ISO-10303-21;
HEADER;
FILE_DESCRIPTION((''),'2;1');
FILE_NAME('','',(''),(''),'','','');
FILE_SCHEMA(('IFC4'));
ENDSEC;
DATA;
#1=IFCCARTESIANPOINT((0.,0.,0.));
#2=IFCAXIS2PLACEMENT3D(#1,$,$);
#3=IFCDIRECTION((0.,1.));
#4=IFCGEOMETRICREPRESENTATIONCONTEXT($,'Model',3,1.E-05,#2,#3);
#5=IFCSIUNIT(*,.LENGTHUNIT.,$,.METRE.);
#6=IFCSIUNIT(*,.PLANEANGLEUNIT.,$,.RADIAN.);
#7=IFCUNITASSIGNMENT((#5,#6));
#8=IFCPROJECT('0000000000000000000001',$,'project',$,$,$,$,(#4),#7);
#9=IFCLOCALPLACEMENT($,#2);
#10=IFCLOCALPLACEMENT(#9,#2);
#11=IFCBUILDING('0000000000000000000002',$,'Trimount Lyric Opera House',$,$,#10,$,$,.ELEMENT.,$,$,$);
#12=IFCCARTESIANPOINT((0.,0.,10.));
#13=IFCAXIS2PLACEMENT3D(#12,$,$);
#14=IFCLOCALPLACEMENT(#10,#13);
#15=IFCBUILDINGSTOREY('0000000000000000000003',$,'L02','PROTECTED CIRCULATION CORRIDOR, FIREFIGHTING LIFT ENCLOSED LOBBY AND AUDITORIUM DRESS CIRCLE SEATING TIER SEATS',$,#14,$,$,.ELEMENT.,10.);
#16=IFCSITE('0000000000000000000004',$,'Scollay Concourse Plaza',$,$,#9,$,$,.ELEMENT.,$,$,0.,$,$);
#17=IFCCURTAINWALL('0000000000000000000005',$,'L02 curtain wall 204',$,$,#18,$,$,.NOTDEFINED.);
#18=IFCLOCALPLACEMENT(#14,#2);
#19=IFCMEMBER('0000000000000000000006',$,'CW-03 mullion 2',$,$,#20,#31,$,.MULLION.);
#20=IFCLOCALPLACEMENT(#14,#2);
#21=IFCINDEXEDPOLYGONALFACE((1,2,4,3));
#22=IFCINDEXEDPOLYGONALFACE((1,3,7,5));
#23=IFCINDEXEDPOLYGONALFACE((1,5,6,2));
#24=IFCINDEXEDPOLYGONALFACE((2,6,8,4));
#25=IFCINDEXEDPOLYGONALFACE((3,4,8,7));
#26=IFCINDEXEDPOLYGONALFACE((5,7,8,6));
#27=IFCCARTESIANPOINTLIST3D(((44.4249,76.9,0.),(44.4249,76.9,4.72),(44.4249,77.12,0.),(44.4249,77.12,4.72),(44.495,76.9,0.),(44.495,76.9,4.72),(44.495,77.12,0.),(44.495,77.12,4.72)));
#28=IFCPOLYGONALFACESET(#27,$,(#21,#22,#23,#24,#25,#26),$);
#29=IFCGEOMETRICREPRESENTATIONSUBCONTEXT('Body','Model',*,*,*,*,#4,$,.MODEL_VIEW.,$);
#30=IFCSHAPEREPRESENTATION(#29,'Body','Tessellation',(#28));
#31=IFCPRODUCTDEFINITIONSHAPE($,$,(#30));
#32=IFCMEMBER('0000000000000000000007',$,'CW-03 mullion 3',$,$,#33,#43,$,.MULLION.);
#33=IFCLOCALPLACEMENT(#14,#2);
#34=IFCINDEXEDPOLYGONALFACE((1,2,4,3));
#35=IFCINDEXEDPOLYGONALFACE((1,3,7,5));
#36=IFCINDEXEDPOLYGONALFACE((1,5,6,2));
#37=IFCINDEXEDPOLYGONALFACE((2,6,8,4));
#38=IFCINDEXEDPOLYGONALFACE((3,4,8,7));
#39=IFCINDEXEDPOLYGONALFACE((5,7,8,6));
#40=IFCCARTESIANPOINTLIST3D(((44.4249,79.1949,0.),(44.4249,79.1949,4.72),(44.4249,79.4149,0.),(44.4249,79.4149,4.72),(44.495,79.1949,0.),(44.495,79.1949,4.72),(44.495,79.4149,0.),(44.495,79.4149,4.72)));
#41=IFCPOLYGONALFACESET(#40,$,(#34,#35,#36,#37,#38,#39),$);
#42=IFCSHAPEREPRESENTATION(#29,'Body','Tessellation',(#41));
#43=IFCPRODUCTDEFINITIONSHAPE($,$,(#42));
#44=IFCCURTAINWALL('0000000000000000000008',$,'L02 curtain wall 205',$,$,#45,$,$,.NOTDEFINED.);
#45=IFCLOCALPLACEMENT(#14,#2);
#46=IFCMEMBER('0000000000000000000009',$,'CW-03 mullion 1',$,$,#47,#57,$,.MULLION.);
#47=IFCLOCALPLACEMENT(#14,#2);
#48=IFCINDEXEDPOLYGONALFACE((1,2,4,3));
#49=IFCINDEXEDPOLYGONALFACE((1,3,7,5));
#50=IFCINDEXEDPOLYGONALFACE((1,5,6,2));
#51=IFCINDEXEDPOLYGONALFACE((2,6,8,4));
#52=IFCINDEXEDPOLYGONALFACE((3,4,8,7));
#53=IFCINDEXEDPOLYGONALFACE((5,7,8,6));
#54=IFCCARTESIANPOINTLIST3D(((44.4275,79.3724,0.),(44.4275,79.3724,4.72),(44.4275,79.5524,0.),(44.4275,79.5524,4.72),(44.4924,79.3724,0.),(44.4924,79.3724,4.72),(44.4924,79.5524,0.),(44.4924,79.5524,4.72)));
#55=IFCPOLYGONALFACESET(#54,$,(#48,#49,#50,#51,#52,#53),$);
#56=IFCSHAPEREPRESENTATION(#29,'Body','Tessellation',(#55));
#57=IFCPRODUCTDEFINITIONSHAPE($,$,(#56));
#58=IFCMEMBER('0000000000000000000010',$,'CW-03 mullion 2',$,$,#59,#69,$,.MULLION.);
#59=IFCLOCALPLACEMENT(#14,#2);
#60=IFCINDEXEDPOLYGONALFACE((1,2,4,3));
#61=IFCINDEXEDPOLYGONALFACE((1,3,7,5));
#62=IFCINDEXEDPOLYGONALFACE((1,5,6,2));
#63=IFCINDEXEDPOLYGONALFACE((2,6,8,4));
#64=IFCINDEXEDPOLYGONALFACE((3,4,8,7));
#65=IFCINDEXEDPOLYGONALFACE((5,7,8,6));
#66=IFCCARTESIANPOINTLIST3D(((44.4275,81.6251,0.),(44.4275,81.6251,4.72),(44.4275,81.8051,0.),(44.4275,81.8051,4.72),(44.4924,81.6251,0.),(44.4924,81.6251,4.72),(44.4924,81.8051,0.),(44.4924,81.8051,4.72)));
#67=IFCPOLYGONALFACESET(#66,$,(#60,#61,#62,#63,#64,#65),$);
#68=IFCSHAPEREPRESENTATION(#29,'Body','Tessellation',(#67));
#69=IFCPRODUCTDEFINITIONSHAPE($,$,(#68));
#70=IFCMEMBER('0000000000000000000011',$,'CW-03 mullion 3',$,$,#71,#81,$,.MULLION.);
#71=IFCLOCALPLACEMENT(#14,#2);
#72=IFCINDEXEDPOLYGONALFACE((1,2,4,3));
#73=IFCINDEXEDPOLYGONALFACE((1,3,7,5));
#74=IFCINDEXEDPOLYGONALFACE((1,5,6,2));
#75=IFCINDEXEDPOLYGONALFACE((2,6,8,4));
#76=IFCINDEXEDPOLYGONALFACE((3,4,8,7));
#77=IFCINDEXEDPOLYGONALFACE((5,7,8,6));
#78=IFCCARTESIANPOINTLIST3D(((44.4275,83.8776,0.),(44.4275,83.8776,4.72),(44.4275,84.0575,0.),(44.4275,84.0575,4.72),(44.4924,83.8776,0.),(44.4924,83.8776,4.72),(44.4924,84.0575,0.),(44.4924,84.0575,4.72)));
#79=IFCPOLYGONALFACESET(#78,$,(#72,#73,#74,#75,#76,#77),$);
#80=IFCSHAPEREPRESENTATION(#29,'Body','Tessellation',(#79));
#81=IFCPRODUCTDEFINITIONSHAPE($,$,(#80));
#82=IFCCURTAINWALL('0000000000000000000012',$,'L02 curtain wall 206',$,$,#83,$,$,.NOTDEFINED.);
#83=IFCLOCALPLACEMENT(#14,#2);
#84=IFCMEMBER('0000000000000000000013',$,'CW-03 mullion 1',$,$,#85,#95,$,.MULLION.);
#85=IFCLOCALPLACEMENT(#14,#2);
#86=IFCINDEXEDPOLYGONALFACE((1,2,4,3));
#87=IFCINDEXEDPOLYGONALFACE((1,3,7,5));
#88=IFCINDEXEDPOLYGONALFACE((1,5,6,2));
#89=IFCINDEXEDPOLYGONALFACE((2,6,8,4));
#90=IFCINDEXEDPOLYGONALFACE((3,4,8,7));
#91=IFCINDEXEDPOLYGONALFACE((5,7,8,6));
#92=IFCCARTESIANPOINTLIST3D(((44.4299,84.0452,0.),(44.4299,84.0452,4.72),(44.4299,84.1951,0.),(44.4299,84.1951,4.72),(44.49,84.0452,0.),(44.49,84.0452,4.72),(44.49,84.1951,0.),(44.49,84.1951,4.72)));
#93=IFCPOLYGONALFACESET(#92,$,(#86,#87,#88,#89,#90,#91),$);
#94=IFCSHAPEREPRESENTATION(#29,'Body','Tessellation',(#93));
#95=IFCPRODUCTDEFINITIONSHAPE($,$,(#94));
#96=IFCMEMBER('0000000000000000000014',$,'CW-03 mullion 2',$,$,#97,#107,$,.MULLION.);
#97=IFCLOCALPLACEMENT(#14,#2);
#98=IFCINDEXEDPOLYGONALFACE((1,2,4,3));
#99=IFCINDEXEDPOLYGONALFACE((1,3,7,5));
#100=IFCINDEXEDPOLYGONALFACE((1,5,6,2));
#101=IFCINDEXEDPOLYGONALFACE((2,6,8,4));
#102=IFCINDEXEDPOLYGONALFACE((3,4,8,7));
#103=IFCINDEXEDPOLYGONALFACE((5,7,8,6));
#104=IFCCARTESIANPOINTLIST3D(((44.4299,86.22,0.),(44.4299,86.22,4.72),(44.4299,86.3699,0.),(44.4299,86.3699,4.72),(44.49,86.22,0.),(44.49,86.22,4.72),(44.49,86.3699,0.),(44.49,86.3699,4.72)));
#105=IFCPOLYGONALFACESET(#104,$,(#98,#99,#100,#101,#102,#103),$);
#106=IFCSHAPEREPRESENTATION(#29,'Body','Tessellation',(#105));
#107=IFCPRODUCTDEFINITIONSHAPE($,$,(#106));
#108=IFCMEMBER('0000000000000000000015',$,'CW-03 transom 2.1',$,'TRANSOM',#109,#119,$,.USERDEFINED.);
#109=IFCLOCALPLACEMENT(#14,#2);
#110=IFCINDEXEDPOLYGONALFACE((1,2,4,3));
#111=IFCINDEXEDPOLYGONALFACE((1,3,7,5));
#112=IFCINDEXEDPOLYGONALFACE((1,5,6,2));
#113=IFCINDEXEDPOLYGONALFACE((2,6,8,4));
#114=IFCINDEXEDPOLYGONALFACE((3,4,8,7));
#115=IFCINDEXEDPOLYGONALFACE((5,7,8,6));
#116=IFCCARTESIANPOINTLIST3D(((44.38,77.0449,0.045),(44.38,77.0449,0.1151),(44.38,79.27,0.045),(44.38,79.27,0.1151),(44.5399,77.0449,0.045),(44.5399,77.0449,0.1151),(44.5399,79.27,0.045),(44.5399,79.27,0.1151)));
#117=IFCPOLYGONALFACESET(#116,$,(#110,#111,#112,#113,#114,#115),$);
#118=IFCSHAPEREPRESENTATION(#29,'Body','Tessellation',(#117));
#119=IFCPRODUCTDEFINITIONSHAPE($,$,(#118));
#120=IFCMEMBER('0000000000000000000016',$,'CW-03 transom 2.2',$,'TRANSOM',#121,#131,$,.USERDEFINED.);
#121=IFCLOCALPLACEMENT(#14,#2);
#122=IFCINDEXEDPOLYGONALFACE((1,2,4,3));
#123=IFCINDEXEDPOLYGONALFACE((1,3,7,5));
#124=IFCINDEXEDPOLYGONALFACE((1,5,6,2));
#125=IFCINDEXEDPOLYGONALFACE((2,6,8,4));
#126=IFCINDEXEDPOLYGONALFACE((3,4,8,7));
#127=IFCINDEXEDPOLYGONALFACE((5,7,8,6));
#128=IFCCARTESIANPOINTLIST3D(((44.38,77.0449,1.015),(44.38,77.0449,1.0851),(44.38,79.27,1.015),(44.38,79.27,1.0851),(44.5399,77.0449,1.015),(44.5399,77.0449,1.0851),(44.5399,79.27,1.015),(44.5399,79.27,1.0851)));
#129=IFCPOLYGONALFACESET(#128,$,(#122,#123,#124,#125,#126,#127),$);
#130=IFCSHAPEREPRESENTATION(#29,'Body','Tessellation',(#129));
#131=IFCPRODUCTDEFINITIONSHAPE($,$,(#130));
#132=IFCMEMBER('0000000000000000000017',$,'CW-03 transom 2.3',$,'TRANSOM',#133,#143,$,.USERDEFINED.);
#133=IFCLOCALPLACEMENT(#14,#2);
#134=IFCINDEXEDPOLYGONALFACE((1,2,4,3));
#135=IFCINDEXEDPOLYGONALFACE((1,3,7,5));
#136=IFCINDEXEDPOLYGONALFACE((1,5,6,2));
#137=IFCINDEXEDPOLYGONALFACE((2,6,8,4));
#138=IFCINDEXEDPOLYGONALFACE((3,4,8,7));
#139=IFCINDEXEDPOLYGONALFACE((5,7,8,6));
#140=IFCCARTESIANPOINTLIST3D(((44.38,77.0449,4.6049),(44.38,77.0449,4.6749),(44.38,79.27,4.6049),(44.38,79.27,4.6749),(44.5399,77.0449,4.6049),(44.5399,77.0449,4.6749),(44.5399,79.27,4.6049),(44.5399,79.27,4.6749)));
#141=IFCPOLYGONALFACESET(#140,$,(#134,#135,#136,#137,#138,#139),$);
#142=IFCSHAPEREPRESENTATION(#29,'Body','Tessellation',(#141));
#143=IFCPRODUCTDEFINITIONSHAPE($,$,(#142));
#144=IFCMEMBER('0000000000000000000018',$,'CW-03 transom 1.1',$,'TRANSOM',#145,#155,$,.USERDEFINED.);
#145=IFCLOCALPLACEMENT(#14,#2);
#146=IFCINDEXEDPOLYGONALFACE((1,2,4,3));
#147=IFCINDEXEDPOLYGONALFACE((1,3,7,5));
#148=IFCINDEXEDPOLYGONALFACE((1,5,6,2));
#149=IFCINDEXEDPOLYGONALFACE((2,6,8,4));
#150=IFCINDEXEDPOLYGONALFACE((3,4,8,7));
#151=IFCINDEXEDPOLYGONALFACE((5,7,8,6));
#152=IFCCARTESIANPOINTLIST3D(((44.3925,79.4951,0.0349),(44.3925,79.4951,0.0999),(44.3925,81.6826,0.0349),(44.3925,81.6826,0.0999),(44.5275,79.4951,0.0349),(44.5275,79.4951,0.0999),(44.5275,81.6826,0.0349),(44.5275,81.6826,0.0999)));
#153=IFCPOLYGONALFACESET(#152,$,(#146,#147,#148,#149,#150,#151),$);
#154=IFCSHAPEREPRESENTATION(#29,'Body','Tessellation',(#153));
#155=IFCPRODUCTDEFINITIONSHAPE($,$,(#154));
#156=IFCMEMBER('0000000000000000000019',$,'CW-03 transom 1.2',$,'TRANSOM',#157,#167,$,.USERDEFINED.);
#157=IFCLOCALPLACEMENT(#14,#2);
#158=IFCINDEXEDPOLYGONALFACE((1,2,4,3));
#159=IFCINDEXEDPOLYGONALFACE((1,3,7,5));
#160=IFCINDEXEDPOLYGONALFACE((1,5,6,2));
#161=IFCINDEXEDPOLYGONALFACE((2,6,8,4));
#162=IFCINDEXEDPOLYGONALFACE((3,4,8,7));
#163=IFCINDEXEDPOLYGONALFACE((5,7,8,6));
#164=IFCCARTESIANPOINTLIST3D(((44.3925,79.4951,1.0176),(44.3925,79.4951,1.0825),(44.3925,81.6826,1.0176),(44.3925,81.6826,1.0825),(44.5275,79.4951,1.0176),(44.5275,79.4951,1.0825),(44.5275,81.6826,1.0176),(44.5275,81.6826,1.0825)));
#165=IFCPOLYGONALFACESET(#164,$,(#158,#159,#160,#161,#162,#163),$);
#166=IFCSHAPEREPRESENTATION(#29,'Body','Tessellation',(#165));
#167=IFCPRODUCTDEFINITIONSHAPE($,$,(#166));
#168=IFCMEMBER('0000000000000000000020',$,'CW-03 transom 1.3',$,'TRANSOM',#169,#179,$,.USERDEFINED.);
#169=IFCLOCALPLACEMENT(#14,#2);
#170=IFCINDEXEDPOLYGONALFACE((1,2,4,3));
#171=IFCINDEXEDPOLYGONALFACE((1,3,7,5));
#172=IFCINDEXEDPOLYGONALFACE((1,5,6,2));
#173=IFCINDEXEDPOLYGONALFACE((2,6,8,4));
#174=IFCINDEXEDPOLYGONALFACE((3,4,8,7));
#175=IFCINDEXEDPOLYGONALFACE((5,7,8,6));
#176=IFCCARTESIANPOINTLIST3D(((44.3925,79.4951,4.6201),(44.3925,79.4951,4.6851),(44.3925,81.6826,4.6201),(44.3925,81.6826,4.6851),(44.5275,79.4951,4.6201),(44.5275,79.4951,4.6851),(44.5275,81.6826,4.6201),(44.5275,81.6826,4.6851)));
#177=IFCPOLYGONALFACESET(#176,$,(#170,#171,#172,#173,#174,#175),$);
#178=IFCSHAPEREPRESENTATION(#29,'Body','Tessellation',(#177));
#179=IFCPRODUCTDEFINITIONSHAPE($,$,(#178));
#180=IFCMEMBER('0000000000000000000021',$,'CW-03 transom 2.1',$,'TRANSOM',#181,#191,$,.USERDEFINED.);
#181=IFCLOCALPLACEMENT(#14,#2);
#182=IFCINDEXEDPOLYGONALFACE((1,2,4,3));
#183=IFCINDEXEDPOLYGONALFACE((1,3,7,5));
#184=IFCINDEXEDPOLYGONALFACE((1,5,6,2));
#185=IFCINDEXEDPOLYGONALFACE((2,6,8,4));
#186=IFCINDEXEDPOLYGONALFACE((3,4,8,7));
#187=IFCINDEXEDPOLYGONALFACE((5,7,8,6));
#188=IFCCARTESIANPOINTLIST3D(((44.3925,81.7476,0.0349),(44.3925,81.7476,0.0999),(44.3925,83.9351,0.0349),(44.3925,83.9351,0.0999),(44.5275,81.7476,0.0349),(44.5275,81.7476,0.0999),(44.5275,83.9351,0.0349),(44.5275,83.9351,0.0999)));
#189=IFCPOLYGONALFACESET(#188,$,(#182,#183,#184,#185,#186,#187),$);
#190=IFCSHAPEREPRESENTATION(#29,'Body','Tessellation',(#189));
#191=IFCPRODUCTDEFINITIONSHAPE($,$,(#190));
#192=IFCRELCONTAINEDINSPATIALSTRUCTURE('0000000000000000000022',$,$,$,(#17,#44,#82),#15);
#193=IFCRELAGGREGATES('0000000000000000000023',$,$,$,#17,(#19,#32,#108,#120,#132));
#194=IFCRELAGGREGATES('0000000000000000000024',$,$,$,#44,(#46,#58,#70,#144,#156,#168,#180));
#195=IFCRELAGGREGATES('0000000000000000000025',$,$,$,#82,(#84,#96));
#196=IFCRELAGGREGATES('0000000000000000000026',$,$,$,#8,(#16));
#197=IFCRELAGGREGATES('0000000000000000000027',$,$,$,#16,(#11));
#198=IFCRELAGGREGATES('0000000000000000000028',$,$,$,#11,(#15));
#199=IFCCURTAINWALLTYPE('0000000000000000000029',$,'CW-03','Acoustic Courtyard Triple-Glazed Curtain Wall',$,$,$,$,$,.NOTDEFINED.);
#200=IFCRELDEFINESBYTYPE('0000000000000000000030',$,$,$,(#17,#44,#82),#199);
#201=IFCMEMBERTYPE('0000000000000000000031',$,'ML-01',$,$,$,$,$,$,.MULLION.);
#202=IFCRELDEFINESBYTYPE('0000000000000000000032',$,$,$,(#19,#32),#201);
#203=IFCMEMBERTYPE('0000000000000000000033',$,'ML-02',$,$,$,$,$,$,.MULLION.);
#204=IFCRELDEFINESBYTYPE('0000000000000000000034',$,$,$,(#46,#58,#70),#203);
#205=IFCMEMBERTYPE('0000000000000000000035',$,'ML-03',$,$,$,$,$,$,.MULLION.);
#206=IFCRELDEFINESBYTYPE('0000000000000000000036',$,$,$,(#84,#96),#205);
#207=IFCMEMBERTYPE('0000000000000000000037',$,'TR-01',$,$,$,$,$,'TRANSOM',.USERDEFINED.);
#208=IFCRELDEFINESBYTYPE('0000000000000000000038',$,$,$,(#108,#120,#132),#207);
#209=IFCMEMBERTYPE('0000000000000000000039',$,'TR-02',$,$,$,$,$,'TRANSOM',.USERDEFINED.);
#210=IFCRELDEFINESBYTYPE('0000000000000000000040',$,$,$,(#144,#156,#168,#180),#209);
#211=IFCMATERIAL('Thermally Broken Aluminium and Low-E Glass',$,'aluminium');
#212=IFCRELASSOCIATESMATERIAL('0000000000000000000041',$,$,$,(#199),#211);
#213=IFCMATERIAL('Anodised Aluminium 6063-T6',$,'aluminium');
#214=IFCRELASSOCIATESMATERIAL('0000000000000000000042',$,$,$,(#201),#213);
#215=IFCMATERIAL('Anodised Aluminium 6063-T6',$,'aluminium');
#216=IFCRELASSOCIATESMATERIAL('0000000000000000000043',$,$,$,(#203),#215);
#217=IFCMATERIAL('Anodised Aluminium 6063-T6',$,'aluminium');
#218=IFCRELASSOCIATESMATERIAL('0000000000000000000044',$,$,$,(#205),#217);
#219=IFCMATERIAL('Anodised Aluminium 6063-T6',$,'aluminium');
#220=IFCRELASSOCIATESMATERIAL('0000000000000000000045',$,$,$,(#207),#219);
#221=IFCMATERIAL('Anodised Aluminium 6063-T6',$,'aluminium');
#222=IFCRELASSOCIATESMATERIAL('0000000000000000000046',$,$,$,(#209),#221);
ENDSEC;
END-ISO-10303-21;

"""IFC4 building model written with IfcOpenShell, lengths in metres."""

from ifc_helpers import new_model, si_unit, direction, frame, origin, origin_2d, place, context, subcontext, project, spatial, rectangle, extrude, material, material_profile, profile_set, type_object, element, aggregate, save


model = new_model("IFC4")

# Units and contexts
model_context = context("Model", 3, precision=1e-05, world=origin(), true_north=direction((0.0, 1.0)))
body_context = subcontext(model_context, "Body", "Model", "MODEL_VIEW")
ifc_project = project(units=[si_unit("LENGTHUNIT", "METRE"), si_unit("PLANEANGLEUNIT", "RADIAN")], contexts=[model_context])

# Site, building, storey
site_placement = place(None, origin())
site = spatial("IfcSite", under=ifc_project, at=site_placement, Name="Scollay Concourse Plaza", CompositionType="ELEMENT", RefElevation=0.0)
building_placement = place(site_placement, origin())
building = spatial("IfcBuilding", under=site, at=building_placement, Name="Trimount Lyric Opera House", CompositionType="ELEMENT")
storey_placement = place(building_placement, frame((0.0, 0.0, 10.0)))
storey = spatial("IfcBuildingStorey", under=building, at=storey_placement, Name="L02", Description="PROTECTED CIRCULATION CORRIDOR, FIREFIGHTING LIFT ENCLOSED LOBBY AND AUDITORIUM DRESS CIRCLE SEATING TIER SEATS", CompositionType="ELEMENT", Elevation=10.0)

# Curtain walls, members
ifc_material_1 = material(Name="Thermally Broken Aluminium and Low-E Glass", Category="aluminium")
curtain_wall_type = type_object("IfcCurtainWallType", Name="CW-03", Description="Acoustic Courtyard Triple-Glazed Curtain Wall", PredefinedType="NOTDEFINED", material=ifc_material_1)
curtain_wall_1_placement = place(storey_placement, origin())
curtain_wall_1 = element("IfcCurtainWall", 1, at=curtain_wall_1_placement, inside=storey, type_object=curtain_wall_type, Name="L02 curtain wall 204", PredefinedType="NOTDEFINED")
ifc_material_2 = material(Name="Anodised Aluminium 6063-T6", Category="aluminium")
ifc_material_profile_1 = material_profile(ifc_material_2, rectangle(XDim=0.0701, YDim=0.22, at=origin_2d()), Name="ALU-MULL-70X220")
ifc_profile_set_1 = profile_set([ifc_material_profile_1], Name="Anodised Aluminium 6063-T6")
member_type_1 = type_object("IfcMemberType", Name="ML-01", PredefinedType="MULLION", material=ifc_profile_set_1)
member_1_placement = place(storey_placement, frame((44.46, 77.01, 0.0), z_axis=(0.0, 0.0, 1.0), x_axis=(-1.0, 0.0, 0.0)))
member_1 = element("IfcMember", 2, at=member_1_placement, type_object=member_type_1, Name="CW-03 mullion 2", PredefinedType="MULLION", context=body_context, shape_type="SweptSolid", body=[
    extrude(rectangle(XDim=0.0701, YDim=0.22, at=origin_2d()), origin(), (0.0, 0.0, 1.0), 4.72),
])
member_2_placement = place(storey_placement, frame((44.46, 79.3049, 0.0), z_axis=(0.0, 0.0, 1.0), x_axis=(-1.0, 0.0, 0.0)))
member_2 = element("IfcMember", 3, at=member_2_placement, type_object=member_type_1, Name="CW-03 mullion 3", PredefinedType="MULLION", context=body_context, shape_type="SweptSolid", body=[
    extrude(rectangle(XDim=0.0701, YDim=0.22, at=origin_2d()), origin(), (0.0, 0.0, 1.0), 4.72),
])
curtain_wall_2_placement = place(storey_placement, origin())
curtain_wall_2 = element("IfcCurtainWall", 4, at=curtain_wall_2_placement, inside=storey, type_object=curtain_wall_type, Name="L02 curtain wall 205", PredefinedType="NOTDEFINED")
ifc_material_3 = material(Name="Anodised Aluminium 6063-T6", Category="aluminium")
ifc_material_profile_2 = material_profile(ifc_material_3, rectangle(XDim=0.0649, YDim=0.1799, at=origin_2d()), Name="ALU-MULL-65X180")
ifc_profile_set_2 = profile_set([ifc_material_profile_2], Name="Anodised Aluminium 6063-T6")
member_type_2 = type_object("IfcMemberType", Name="ML-02", PredefinedType="MULLION", material=ifc_profile_set_2)
member_3_placement = place(storey_placement, frame((44.46, 79.4624, 0.0), z_axis=(0.0, 0.0, 1.0), x_axis=(-1.0, 0.0, 0.0)))
member_3 = element("IfcMember", 5, at=member_3_placement, type_object=member_type_2, Name="CW-03 mullion 1", PredefinedType="MULLION", context=body_context, shape_type="SweptSolid", body=[
    extrude(rectangle(XDim=0.0649, YDim=0.1799, at=origin_2d()), origin(), (0.0, 0.0, 1.0), 4.72),
])
member_4_placement = place(storey_placement, frame((44.46, 81.7151, 0.0), z_axis=(0.0, 0.0, 1.0), x_axis=(-1.0, 0.0, 0.0)))
member_4 = element("IfcMember", 6, at=member_4_placement, type_object=member_type_2, Name="CW-03 mullion 2", PredefinedType="MULLION", context=body_context, shape_type="SweptSolid", body=[
    extrude(rectangle(XDim=0.0649, YDim=0.1799, at=origin_2d()), origin(), (0.0, 0.0, 1.0), 4.72),
])
member_5_placement = place(storey_placement, frame((44.46, 83.9675, 0.0), z_axis=(0.0, 0.0, 1.0), x_axis=(-1.0, 0.0, 0.0)))
member_5 = element("IfcMember", 7, at=member_5_placement, type_object=member_type_2, Name="CW-03 mullion 3", PredefinedType="MULLION", context=body_context, shape_type="SweptSolid", body=[
    extrude(rectangle(XDim=0.0649, YDim=0.1799, at=origin_2d()), origin(), (0.0, 0.0, 1.0), 4.72),
])
curtain_wall_3_placement = place(storey_placement, origin())
curtain_wall_3 = element("IfcCurtainWall", 8, at=curtain_wall_3_placement, inside=storey, type_object=curtain_wall_type, Name="L02 curtain wall 206", PredefinedType="NOTDEFINED")
ifc_material_4 = material(Name="Anodised Aluminium 6063-T6", Category="aluminium")
ifc_material_profile_3 = material_profile(ifc_material_4, rectangle(XDim=0.0601, YDim=0.1499, at=origin_2d()), Name="ALU-MULL-60X150")
ifc_profile_set_3 = profile_set([ifc_material_profile_3], Name="Anodised Aluminium 6063-T6")
member_type_3 = type_object("IfcMemberType", Name="ML-03", PredefinedType="MULLION", material=ifc_profile_set_3)
member_6_placement = place(storey_placement, frame((44.46, 84.1201, 0.0), z_axis=(0.0, 0.0, 1.0), x_axis=(-1.0, 0.0, 0.0)))
member_6 = element("IfcMember", 9, at=member_6_placement, type_object=member_type_3, Name="CW-03 mullion 1", PredefinedType="MULLION", context=body_context, shape_type="SweptSolid", body=[
    extrude(rectangle(XDim=0.0601, YDim=0.1499, at=origin_2d()), origin(), (0.0, 0.0, 1.0), 4.72),
])
member_7_placement = place(storey_placement, frame((44.46, 86.2949, 0.0), z_axis=(0.0, 0.0, 1.0), x_axis=(-1.0, 0.0, 0.0)))
member_7 = element("IfcMember", 10, at=member_7_placement, type_object=member_type_3, Name="CW-03 mullion 2", PredefinedType="MULLION", context=body_context, shape_type="SweptSolid", body=[
    extrude(rectangle(XDim=0.0601, YDim=0.1499, at=origin_2d()), origin(), (0.0, 0.0, 1.0), 4.72),
])

# Members
ifc_material_5 = material(Name="Anodised Aluminium 6063-T6", Category="aluminium")
ifc_material_profile_4 = material_profile(ifc_material_5, rectangle(XDim=0.1599, YDim=0.0701, at=origin_2d()), Name="ALU-TRAN-70X160")
ifc_profile_set_4 = profile_set([ifc_material_profile_4], Name="Anodised Aluminium 6063-T6")
member_type_4 = type_object("IfcMemberType", Name="TR-01", ElementType="TRANSOM", PredefinedType="USERDEFINED", material=ifc_profile_set_4)
member_8_placement = place(storey_placement, frame((44.46, 77.0449, 0.0801), z_axis=(0.0, 1.0, 0.0), x_axis=(-1.0, 0.0, 0.0)))
member_8 = element("IfcMember", 11, at=member_8_placement, type_object=member_type_4, Name="CW-03 transom 2.1", ObjectType="TRANSOM", PredefinedType="USERDEFINED", context=body_context, shape_type="SweptSolid", body=[
    extrude(rectangle(XDim=0.1599, YDim=0.0701, at=origin_2d()), origin(), (0.0, 0.0, 1.0), 2.2251),
])
member_9_placement = place(storey_placement, frame((44.46, 77.0449, 1.05), z_axis=(0.0, 1.0, 0.0), x_axis=(-1.0, 0.0, 0.0)))
member_9 = element("IfcMember", 12, at=member_9_placement, type_object=member_type_4, Name="CW-03 transom 2.2", ObjectType="TRANSOM", PredefinedType="USERDEFINED", context=body_context, shape_type="SweptSolid", body=[
    extrude(rectangle(XDim=0.1599, YDim=0.0701, at=origin_2d()), origin(), (0.0, 0.0, 1.0), 2.2251),
])
member_10_placement = place(storey_placement, frame((44.46, 77.0449, 4.6399), z_axis=(0.0, 1.0, 0.0), x_axis=(-1.0, 0.0, 0.0)))
member_10 = element("IfcMember", 13, at=member_10_placement, type_object=member_type_4, Name="CW-03 transom 2.3", ObjectType="TRANSOM", PredefinedType="USERDEFINED", context=body_context, shape_type="SweptSolid", body=[
    extrude(rectangle(XDim=0.1599, YDim=0.0701, at=origin_2d()), origin(), (0.0, 0.0, 1.0), 2.2251),
])
ifc_material_6 = material(Name="Anodised Aluminium 6063-T6", Category="aluminium")
ifc_material_profile_5 = material_profile(ifc_material_6, rectangle(XDim=0.135, YDim=0.0649, at=origin_2d()), Name="ALU-TRAN-65X135")
ifc_profile_set_5 = profile_set([ifc_material_profile_5], Name="Anodised Aluminium 6063-T6")
member_type_5 = type_object("IfcMemberType", Name="TR-02", ElementType="TRANSOM", PredefinedType="USERDEFINED", material=ifc_profile_set_5)
member_11_placement = place(storey_placement, frame((44.46, 79.4951, 0.0674), z_axis=(0.0, 1.0, 0.0), x_axis=(-1.0, 0.0, 0.0)))
member_11 = element("IfcMember", 14, at=member_11_placement, type_object=member_type_5, Name="CW-03 transom 1.1", ObjectType="TRANSOM", PredefinedType="USERDEFINED", context=body_context, shape_type="SweptSolid", body=[
    extrude(rectangle(XDim=0.135, YDim=0.0649, at=origin_2d()), origin(), (0.0, 0.0, 1.0), 2.1875),
])
member_12_placement = place(storey_placement, frame((44.46, 79.4951, 1.05), z_axis=(0.0, 1.0, 0.0), x_axis=(-1.0, 0.0, 0.0)))
member_12 = element("IfcMember", 15, at=member_12_placement, type_object=member_type_5, Name="CW-03 transom 1.2", ObjectType="TRANSOM", PredefinedType="USERDEFINED", context=body_context, shape_type="SweptSolid", body=[
    extrude(rectangle(XDim=0.135, YDim=0.0649, at=origin_2d()), origin(), (0.0, 0.0, 1.0), 2.1875),
])
member_13_placement = place(storey_placement, frame((44.46, 79.4951, 4.6526), z_axis=(0.0, 1.0, 0.0), x_axis=(-1.0, 0.0, 0.0)))
member_13 = element("IfcMember", 16, at=member_13_placement, type_object=member_type_5, Name="CW-03 transom 1.3", ObjectType="TRANSOM", PredefinedType="USERDEFINED", context=body_context, shape_type="SweptSolid", body=[
    extrude(rectangle(XDim=0.135, YDim=0.0649, at=origin_2d()), origin(), (0.0, 0.0, 1.0), 2.1875),
])
member_14_placement = place(storey_placement, frame((44.46, 81.7476, 0.0674), z_axis=(0.0, 1.0, 0.0), x_axis=(-1.0, 0.0, 0.0)))
member_14 = element("IfcMember", 17, at=member_14_placement, type_object=member_type_5, Name="CW-03 transom 2.1", ObjectType="TRANSOM", PredefinedType="USERDEFINED", context=body_context, shape_type="SweptSolid", body=[
    extrude(rectangle(XDim=0.135, YDim=0.0649, at=origin_2d()), origin(), (0.0, 0.0, 1.0), 2.1875),
])

aggregate(curtain_wall_1, [member_1, member_2, member_8, member_9, member_10])
aggregate(curtain_wall_2, [member_3, member_4, member_5, member_11, member_12, member_13, member_14])
aggregate(curtain_wall_3, [member_6, member_7])

save(model, "model.ifc")
